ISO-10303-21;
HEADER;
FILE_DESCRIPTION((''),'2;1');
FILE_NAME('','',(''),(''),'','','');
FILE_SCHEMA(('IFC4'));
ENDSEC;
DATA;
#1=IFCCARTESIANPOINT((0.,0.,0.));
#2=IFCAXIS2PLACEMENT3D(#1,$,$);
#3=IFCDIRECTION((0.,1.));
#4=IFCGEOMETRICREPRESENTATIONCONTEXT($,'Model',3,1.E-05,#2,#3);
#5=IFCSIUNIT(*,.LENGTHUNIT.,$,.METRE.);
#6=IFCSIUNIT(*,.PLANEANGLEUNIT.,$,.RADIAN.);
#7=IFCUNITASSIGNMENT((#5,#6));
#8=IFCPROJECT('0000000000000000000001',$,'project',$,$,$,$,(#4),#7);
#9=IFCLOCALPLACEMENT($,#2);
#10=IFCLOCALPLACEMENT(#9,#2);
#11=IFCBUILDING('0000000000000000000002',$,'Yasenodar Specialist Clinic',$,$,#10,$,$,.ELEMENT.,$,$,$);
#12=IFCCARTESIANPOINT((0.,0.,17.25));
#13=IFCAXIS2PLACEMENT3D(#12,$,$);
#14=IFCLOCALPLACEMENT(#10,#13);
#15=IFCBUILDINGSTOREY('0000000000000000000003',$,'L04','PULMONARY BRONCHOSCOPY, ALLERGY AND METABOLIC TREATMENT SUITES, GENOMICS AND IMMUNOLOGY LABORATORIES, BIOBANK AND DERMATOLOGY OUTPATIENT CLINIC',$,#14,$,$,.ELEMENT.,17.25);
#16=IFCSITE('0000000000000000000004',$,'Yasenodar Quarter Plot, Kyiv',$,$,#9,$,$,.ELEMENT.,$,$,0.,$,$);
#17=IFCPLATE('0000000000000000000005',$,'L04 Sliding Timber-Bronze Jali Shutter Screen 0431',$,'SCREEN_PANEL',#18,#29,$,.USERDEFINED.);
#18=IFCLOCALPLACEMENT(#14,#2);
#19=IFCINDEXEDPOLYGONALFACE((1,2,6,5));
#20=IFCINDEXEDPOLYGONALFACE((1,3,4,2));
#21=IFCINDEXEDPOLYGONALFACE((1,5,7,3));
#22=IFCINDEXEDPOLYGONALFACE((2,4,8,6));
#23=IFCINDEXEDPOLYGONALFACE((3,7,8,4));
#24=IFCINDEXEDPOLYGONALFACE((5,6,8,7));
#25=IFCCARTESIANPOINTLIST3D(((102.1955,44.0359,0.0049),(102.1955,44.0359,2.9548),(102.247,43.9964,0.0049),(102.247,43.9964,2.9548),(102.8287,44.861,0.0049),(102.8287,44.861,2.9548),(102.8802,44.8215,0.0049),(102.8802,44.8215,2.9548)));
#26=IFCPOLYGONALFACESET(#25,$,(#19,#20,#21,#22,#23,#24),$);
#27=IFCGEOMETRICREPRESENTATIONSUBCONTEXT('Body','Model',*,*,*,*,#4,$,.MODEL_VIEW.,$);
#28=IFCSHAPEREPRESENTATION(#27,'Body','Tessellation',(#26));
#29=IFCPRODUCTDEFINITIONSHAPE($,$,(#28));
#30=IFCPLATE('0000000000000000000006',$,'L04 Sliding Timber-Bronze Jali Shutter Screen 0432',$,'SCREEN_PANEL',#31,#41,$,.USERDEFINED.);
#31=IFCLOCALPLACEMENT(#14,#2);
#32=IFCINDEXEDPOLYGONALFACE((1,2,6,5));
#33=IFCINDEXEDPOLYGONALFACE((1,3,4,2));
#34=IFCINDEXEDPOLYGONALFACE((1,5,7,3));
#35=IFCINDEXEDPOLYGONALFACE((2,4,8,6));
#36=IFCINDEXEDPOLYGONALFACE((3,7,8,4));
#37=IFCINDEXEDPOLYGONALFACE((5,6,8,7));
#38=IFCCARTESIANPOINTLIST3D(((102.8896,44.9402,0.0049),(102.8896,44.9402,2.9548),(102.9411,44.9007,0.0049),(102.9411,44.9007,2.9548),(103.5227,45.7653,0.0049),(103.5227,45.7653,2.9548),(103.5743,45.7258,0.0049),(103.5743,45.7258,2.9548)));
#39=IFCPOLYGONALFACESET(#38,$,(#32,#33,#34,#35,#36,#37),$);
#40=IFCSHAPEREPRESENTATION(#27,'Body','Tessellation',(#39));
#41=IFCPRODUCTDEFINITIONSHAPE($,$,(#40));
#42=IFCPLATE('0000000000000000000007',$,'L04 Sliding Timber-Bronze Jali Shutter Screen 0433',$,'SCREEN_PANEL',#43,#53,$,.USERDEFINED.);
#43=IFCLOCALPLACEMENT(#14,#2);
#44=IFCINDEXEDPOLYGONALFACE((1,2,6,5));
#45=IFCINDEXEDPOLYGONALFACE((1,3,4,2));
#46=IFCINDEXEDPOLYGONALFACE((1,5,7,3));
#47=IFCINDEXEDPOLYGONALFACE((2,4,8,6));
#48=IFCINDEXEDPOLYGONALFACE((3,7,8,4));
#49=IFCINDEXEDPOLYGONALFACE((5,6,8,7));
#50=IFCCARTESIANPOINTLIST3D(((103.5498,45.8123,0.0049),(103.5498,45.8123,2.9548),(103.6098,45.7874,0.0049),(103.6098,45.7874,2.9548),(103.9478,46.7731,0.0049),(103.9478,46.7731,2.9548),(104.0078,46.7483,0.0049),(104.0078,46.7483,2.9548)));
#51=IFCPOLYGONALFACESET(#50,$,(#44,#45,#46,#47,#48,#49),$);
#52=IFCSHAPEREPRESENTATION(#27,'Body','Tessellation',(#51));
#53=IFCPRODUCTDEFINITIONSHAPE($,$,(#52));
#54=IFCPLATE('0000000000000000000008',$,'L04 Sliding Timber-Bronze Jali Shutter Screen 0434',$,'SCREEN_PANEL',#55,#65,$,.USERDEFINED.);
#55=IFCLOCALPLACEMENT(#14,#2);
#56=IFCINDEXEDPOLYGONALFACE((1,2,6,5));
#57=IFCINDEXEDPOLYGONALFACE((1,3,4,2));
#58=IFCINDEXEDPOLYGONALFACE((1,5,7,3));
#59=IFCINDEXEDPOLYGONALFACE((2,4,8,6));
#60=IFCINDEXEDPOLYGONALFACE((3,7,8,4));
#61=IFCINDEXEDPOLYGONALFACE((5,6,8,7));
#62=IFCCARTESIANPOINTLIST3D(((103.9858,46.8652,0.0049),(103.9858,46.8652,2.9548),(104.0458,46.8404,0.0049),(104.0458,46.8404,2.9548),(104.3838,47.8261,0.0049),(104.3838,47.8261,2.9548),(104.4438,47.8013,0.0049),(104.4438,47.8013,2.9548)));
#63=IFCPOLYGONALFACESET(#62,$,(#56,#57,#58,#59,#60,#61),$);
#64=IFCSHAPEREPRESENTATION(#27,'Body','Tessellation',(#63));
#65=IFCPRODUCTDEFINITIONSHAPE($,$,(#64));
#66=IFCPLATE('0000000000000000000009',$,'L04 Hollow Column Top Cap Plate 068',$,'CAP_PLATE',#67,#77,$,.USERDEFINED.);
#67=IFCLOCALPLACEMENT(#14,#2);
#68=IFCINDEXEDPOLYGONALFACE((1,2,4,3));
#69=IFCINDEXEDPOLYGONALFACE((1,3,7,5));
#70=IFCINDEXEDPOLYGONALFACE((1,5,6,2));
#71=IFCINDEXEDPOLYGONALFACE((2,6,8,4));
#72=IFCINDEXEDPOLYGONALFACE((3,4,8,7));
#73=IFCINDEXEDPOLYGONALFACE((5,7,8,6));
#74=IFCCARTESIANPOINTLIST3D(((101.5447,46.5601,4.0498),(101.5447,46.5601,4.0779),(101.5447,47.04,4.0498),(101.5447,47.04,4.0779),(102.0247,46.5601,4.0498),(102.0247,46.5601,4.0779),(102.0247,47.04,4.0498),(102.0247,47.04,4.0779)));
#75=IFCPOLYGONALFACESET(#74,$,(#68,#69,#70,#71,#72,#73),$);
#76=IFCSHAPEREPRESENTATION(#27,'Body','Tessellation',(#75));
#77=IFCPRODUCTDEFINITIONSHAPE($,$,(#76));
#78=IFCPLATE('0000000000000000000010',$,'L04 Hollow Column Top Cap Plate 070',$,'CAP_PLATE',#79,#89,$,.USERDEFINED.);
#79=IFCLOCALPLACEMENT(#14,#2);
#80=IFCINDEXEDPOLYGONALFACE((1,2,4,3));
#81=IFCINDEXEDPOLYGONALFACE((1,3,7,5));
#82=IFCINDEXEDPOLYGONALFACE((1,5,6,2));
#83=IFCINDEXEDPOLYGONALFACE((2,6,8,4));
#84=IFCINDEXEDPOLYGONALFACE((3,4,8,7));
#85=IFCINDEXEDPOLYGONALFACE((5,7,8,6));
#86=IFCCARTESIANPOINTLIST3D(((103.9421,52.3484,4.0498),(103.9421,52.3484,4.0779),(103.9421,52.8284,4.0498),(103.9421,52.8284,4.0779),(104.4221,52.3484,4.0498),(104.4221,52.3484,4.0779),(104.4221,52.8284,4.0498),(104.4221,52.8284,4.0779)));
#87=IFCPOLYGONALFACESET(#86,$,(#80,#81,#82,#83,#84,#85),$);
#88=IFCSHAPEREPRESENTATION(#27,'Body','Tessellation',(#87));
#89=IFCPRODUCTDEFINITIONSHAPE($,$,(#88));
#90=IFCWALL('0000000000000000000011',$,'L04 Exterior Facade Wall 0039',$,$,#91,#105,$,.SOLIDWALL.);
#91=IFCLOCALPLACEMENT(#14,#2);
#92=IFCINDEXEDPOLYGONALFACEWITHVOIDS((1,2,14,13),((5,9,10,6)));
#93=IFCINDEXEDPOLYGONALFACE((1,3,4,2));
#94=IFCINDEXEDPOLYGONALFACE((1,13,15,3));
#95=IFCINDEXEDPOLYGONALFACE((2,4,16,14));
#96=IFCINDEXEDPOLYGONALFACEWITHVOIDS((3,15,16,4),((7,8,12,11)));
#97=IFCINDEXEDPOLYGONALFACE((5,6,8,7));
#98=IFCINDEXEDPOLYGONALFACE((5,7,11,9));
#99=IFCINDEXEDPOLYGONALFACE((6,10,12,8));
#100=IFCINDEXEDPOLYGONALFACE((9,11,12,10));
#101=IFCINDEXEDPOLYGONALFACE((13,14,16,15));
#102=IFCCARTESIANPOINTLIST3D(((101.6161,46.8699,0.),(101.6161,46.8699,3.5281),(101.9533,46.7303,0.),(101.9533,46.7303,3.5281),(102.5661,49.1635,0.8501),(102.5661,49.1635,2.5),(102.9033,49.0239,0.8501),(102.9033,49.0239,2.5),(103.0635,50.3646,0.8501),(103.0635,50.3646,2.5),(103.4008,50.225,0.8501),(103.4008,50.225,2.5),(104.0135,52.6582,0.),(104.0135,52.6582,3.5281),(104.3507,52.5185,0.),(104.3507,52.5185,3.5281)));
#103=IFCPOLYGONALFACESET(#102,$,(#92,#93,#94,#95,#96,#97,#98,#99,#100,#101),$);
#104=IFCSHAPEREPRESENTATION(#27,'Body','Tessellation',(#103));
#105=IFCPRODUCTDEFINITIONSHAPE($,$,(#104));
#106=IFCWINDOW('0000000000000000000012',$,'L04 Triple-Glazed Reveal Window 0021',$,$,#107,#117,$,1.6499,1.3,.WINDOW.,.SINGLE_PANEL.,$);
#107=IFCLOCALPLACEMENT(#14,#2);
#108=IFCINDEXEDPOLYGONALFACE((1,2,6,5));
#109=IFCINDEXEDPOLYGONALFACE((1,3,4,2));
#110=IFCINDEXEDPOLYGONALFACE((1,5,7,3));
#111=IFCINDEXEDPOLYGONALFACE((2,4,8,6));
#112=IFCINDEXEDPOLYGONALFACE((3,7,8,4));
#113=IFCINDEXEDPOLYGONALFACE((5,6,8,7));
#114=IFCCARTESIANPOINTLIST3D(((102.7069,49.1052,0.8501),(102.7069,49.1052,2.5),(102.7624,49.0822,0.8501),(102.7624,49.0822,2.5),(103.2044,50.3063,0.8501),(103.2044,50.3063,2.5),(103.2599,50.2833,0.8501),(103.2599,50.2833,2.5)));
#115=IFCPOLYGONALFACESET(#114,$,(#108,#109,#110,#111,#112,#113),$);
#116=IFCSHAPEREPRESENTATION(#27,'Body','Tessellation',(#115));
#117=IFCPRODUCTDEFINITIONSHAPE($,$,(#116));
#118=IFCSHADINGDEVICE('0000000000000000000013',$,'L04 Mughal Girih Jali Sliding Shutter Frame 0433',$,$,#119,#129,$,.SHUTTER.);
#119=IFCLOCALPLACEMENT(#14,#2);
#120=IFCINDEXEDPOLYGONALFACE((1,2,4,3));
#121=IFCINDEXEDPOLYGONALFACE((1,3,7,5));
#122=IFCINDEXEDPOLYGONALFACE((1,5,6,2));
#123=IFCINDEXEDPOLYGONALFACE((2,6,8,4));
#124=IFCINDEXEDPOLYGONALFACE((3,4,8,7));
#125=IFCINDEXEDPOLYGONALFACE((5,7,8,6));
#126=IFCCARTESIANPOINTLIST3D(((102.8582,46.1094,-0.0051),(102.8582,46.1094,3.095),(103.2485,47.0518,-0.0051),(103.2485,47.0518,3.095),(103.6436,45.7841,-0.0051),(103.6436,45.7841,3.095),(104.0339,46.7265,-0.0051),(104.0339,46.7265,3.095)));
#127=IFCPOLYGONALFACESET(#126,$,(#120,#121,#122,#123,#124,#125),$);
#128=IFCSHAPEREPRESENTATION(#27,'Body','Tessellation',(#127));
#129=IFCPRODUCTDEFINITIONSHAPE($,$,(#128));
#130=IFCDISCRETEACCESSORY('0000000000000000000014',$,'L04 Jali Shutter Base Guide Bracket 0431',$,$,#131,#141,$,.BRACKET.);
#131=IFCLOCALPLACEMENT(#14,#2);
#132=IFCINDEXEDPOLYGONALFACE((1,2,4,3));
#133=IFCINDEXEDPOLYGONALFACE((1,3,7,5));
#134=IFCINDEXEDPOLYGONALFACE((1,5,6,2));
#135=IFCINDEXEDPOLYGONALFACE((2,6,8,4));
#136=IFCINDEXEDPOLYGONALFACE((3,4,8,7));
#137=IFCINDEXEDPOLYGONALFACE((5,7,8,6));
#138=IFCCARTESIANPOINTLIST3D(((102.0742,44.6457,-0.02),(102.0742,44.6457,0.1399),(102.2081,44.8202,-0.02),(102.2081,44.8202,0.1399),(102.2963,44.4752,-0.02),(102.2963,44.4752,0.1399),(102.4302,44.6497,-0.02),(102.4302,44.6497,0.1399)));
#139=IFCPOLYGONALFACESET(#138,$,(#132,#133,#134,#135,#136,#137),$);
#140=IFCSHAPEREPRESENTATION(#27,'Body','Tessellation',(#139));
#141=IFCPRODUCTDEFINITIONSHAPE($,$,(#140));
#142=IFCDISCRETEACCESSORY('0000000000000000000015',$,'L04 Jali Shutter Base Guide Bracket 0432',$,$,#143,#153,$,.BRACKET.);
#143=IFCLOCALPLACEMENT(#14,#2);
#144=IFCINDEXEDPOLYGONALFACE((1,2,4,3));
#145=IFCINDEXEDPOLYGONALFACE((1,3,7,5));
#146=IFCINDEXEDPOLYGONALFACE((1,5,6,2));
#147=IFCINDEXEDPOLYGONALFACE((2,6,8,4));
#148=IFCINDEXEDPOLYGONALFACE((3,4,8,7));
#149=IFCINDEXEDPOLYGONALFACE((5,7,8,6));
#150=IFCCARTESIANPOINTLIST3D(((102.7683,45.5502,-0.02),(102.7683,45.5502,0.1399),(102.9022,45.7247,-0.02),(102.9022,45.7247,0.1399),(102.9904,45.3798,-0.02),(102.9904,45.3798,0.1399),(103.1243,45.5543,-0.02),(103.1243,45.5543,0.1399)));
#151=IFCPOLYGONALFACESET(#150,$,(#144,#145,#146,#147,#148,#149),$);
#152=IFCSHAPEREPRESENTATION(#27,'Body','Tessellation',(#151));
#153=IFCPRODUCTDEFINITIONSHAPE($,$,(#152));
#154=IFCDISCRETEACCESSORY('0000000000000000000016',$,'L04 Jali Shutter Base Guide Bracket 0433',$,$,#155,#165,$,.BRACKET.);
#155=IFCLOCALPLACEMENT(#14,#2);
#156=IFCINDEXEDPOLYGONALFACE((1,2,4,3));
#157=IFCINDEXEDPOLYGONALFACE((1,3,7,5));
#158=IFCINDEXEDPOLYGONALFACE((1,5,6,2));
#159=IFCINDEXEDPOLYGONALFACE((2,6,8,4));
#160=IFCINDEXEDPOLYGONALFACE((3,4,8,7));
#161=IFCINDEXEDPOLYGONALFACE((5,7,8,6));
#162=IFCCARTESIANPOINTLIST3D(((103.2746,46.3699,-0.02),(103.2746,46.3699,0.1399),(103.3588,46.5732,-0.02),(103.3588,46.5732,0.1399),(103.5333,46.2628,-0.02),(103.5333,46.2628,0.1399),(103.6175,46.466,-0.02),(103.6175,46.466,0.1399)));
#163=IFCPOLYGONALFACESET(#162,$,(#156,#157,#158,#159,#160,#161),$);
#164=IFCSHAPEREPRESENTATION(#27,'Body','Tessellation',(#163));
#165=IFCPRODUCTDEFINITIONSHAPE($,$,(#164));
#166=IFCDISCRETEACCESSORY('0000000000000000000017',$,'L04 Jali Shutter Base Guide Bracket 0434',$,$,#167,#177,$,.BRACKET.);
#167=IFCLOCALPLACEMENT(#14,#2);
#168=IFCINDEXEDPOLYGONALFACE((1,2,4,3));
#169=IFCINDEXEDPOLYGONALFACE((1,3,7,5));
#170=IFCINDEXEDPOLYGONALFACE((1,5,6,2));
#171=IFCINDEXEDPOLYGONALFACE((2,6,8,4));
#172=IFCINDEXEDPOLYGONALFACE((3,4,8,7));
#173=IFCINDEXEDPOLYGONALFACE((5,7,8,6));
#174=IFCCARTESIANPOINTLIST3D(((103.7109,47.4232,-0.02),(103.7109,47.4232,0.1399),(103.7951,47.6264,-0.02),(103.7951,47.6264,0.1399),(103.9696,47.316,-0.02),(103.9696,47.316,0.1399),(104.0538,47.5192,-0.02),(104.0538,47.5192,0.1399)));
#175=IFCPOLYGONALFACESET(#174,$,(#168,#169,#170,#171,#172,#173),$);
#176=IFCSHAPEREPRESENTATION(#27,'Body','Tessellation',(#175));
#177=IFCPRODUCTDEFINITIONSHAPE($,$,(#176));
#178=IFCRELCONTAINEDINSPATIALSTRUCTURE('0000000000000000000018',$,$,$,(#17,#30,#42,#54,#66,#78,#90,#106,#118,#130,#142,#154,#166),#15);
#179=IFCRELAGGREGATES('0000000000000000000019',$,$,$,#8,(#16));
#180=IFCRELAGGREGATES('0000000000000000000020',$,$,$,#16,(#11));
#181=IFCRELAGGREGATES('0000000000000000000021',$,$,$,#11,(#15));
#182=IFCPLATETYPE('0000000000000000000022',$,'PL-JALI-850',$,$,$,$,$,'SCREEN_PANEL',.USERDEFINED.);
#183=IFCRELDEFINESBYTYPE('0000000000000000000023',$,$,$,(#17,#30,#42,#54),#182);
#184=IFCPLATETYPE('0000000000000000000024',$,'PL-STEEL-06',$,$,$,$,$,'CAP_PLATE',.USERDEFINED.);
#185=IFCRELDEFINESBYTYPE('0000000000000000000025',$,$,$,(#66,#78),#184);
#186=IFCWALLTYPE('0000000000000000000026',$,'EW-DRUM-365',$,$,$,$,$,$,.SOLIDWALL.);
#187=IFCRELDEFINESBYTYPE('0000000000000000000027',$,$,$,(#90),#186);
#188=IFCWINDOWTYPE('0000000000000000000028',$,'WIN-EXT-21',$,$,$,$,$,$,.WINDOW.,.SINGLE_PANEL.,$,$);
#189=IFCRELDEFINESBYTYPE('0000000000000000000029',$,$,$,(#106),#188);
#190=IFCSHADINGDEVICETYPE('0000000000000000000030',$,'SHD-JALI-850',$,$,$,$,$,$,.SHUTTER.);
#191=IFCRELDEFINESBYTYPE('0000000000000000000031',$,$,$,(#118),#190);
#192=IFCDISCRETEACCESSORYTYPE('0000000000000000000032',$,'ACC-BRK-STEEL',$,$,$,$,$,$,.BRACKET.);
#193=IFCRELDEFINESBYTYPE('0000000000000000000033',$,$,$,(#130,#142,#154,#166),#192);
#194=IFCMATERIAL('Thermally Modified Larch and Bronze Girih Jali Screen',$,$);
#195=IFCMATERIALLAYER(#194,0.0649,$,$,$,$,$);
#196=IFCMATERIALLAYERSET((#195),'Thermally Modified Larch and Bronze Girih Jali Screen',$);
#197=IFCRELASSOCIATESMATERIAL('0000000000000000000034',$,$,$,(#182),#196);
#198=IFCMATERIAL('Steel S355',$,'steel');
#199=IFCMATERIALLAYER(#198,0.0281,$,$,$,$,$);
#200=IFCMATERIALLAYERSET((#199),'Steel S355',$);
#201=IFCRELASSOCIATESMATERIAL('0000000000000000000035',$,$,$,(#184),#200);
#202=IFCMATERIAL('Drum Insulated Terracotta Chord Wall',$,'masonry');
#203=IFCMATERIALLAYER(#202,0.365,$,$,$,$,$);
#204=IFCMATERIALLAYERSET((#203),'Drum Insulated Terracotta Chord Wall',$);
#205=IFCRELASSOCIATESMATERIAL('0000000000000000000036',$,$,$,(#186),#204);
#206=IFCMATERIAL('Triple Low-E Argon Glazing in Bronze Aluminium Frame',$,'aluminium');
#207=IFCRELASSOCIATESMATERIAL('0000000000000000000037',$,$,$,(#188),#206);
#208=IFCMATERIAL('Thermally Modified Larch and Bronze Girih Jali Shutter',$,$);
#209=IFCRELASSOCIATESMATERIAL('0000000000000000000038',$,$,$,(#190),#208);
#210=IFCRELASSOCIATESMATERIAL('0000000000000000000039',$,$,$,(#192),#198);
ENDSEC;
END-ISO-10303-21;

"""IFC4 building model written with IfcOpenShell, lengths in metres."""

from ifc_helpers import new_model, si_unit, direction, frame, frame_2d, origin, origin_2d, place, context, subcontext, project, spatial, rectangle, extrude, material, layer, layer_set, type_object, element, fill, save


model = new_model("IFC4")

# Units and contexts
model_context = context("Model", 3, precision=1e-05, world=origin(), true_north=direction((0.0, 1.0)))
body_context = subcontext(model_context, "Body", "Model", "MODEL_VIEW")
ifc_project = project(units=[si_unit("LENGTHUNIT", "METRE"), si_unit("PLANEANGLEUNIT", "RADIAN")], contexts=[model_context])

# Site, building, storey
site_placement = place(None, origin())
site = spatial("IfcSite", under=ifc_project, at=site_placement, Name="Yasenodar Quarter Plot, Kyiv", CompositionType="ELEMENT", RefElevation=0.0)
building_placement = place(site_placement, origin())
building = spatial("IfcBuilding", under=site, at=building_placement, Name="Yasenodar Specialist Clinic", CompositionType="ELEMENT")
storey_placement = place(building_placement, frame((0.0, 0.0, 17.25)))
storey = spatial("IfcBuildingStorey", under=building, at=storey_placement, Name="L04", Description="PULMONARY BRONCHOSCOPY, ALLERGY AND METABOLIC TREATMENT SUITES, GENOMICS AND IMMUNOLOGY LABORATORIES, BIOBANK AND DERMATOLOGY OUTPATIENT CLINIC", CompositionType="ELEMENT", Elevation=17.25)

# Shared definitions
ifc_material_1 = material(Name="Steel S355", Category="steel")

# Plates
ifc_material_2 = material(Name="Thermally Modified Larch and Bronze Girih Jali Screen")
ifc_layer_1 = layer(ifc_material_2, 0.0649)
ifc_layer_set_1 = layer_set([ifc_layer_1], Name="Thermally Modified Larch and Bronze Girih Jali Screen")
plate_type_1 = type_object("IfcPlateType", Name="PL-JALI-850", ElementType="SCREEN_PANEL", PredefinedType="USERDEFINED", material=ifc_layer_set_1)
for number, where, z_axis, x_axis, name in (
    (1, (102.5378, 44.4287, 0.0049), (0.0, 0.0, 1.0), (0.608764, 0.793351, 0.0), "L04 Sliding Timber-Bronze Jali Shutter Screen 0431"),
    (2, (103.2319, 45.333, 0.0049), (0.0, 0.0, 1.0), (0.608764, 0.793351, 0.0), "L04 Sliding Timber-Bronze Jali Shutter Screen 0432"),
    (3, (103.7788, 46.2803, 0.0049), (0.0, 0.0, 1.0), (0.382687, 0.923878, 0.0), "L04 Sliding Timber-Bronze Jali Shutter Screen 0433"),
    (4, (104.2148, 47.3333, 0.0049), (0.0, 0.0, 1.0), (0.382687, 0.923878, 0.0), "L04 Sliding Timber-Bronze Jali Shutter Screen 0434"),
):
    element("IfcPlate", number, at=place(storey_placement, frame(where, z_axis=z_axis, x_axis=x_axis)), inside=storey, type_object=plate_type_1, Name=name, ObjectType="SCREEN_PANEL", PredefinedType="USERDEFINED", context=body_context, shape_type="SweptSolid", body=[
        extrude(rectangle(XDim=1.04, YDim=0.0649, at=origin_2d()), origin(), (0.0, 0.0, 1.0), 2.95),
    ])
ifc_layer_2 = layer(ifc_material_1, 0.0281)
ifc_layer_set_2 = layer_set([ifc_layer_2], Name="Steel S355")
plate_type_2 = type_object("IfcPlateType", Name="PL-STEEL-06", ElementType="CAP_PLATE", PredefinedType="USERDEFINED", material=ifc_layer_set_2)
for number, where, z_axis, x_axis, name in (
    (5, (101.7847, 46.8, 4.0498), (0.0, 0.0, 1.0), (1.0, 0.0, 0.0), "L04 Hollow Column Top Cap Plate 068"),
    (6, (104.1821, 52.5884, 4.0498), (0.0, 0.0, 1.0), (1.0, 0.0, 0.0), "L04 Hollow Column Top Cap Plate 070"),
):
    element("IfcPlate", number, at=place(storey_placement, frame(where, z_axis=z_axis, x_axis=x_axis)), inside=storey, type_object=plate_type_2, Name=name, ObjectType="CAP_PLATE", PredefinedType="USERDEFINED", context=body_context, shape_type="SweptSolid", body=[
        extrude(rectangle(XDim=0.48, YDim=0.48, at=origin_2d()), origin(), (0.0, 0.0, 1.0), 0.0281),
    ])

# Wall, opening, window
ifc_material_3 = material(Name="Drum Insulated Terracotta Chord Wall", Category="masonry")
ifc_layer_3 = layer(ifc_material_3, 0.365)
ifc_layer_set_3 = layer_set([ifc_layer_3], Name="Drum Insulated Terracotta Chord Wall")
wall_type = type_object("IfcWallType", Name="EW-DRUM-365", PredefinedType="SOLIDWALL", material=ifc_layer_set_3)
wall_placement = place(storey_placement, frame((104.1821, 52.5884, 0.0), z_axis=(0.0, 0.0, 1.0), x_axis=(-0.382664, -0.923888, 0.0)))
wall = element("IfcWall", 7, at=wall_placement, inside=storey, type_object=wall_type, Name="L04 Exterior Facade Wall 0039", PredefinedType="SOLIDWALL", context=body_context, shape_type="SweptSolid", body=[
    extrude(rectangle(XDim=6.2651, YDim=0.365, at=frame_2d((3.1326, 0.0))), origin(), (0.0, 0.0, 1.0), 3.5281),
])
opening_placement = place(wall_placement, frame((2.4827, 0.0, 0.8501)))
opening = element("IfcOpeningElement", 8, at=opening_placement, cuts=wall, PredefinedType="OPENING", context=body_context, shape_type="SweptSolid", body=[
    extrude(rectangle(XDim=1.3, YDim=1.6499, at=frame_2d((0.6499, 0.825))), frame((0.0, 0.1924, 0.0), z_axis=(0.0, -1.0, 0.0), x_axis=(1.0, 0.0, 0.0)), (0.0, 0.0, 1.0), 0.385),
])
ifc_material_4 = material(Name="Triple Low-E Argon Glazing in Bronze Aluminium Frame", Category="aluminium")
window_type = type_object("IfcWindowType", Name="WIN-EXT-21", PartitioningType="SINGLE_PANEL", PredefinedType="WINDOW", material=ifc_material_4)
window_placement = place(opening_placement, origin())
window = element("IfcWindow", 9, at=window_placement, inside=storey, type_object=window_type, Name="L04 Triple-Glazed Reveal Window 0021", OverallHeight=1.6499, OverallWidth=1.3, PartitioningType="SINGLE_PANEL", PredefinedType="WINDOW", context=body_context, shape_type="SweptSolid", body=[
    extrude(rectangle(XDim=1.3, YDim=1.6499, at=frame_2d((0.6499, 0.825))), frame((0.0, 0.03, 0.0), z_axis=(0.0, -1.0, 0.0), x_axis=(1.0, 0.0, 0.0)), (0.0, 0.0, 1.0), 0.0601),
])
fill(opening, window)

# Shading device
ifc_material_5 = material(Name="Thermally Modified Larch and Bronze Girih Jali Shutter")
shading_device_type = type_object("IfcShadingDeviceType", Name="SHD-JALI-850", PredefinedType="SHUTTER", material=ifc_material_5)
shading_device_placement = place(storey_placement, frame((103.446, 46.418, -0.0051), z_axis=(0.0, 0.0, 1.0), x_axis=(0.382687, 0.923878, 0.0)))
element("IfcShadingDevice", 10, at=shading_device_placement, inside=storey, type_object=shading_device_type, Name="L04 Mughal Girih Jali Sliding Shutter Frame 0433", PredefinedType="SHUTTER", context=body_context, shape_type="SweptSolid", body=[
    extrude(rectangle(XDim=1.02, YDim=0.8501, at=origin_2d()), origin(), (0.0, 0.0, 1.0), 3.1001),
])

# Discrete accessories
discrete_accessory_type = type_object("IfcDiscreteAccessoryType", Name="ACC-BRK-STEEL", PredefinedType="BRACKET", material=ifc_material_1)
for number, where, z_axis, x_axis, name in (
    (11, (102.2522, 44.6477, -0.02), (0.0, 0.0, 1.0), (0.608764, 0.793351, 0.0), "L04 Jali Shutter Base Guide Bracket 0431"),
    (12, (102.9463, 45.5522, -0.02), (0.0, 0.0, 1.0), (0.608764, 0.793351, 0.0), "L04 Jali Shutter Base Guide Bracket 0432"),
    (13, (103.446, 46.418, -0.02), (0.0, 0.0, 1.0), (0.382687, 0.923878, 0.0), "L04 Jali Shutter Base Guide Bracket 0433"),
    (14, (103.8823, 47.4712, -0.02), (0.0, 0.0, 1.0), (0.382687, 0.923878, 0.0), "L04 Jali Shutter Base Guide Bracket 0434"),
):
    element("IfcDiscreteAccessory", number, at=place(storey_placement, frame(where, z_axis=z_axis, x_axis=x_axis)), inside=storey, type_object=discrete_accessory_type, Name=name, PredefinedType="BRACKET", context=body_context, shape_type="SweptSolid", body=[
        extrude(rectangle(XDim=0.22, YDim=0.28, at=origin_2d()), origin(), (0.0, 0.0, 1.0), 0.1599),
    ])

save(model, "model.ifc")
